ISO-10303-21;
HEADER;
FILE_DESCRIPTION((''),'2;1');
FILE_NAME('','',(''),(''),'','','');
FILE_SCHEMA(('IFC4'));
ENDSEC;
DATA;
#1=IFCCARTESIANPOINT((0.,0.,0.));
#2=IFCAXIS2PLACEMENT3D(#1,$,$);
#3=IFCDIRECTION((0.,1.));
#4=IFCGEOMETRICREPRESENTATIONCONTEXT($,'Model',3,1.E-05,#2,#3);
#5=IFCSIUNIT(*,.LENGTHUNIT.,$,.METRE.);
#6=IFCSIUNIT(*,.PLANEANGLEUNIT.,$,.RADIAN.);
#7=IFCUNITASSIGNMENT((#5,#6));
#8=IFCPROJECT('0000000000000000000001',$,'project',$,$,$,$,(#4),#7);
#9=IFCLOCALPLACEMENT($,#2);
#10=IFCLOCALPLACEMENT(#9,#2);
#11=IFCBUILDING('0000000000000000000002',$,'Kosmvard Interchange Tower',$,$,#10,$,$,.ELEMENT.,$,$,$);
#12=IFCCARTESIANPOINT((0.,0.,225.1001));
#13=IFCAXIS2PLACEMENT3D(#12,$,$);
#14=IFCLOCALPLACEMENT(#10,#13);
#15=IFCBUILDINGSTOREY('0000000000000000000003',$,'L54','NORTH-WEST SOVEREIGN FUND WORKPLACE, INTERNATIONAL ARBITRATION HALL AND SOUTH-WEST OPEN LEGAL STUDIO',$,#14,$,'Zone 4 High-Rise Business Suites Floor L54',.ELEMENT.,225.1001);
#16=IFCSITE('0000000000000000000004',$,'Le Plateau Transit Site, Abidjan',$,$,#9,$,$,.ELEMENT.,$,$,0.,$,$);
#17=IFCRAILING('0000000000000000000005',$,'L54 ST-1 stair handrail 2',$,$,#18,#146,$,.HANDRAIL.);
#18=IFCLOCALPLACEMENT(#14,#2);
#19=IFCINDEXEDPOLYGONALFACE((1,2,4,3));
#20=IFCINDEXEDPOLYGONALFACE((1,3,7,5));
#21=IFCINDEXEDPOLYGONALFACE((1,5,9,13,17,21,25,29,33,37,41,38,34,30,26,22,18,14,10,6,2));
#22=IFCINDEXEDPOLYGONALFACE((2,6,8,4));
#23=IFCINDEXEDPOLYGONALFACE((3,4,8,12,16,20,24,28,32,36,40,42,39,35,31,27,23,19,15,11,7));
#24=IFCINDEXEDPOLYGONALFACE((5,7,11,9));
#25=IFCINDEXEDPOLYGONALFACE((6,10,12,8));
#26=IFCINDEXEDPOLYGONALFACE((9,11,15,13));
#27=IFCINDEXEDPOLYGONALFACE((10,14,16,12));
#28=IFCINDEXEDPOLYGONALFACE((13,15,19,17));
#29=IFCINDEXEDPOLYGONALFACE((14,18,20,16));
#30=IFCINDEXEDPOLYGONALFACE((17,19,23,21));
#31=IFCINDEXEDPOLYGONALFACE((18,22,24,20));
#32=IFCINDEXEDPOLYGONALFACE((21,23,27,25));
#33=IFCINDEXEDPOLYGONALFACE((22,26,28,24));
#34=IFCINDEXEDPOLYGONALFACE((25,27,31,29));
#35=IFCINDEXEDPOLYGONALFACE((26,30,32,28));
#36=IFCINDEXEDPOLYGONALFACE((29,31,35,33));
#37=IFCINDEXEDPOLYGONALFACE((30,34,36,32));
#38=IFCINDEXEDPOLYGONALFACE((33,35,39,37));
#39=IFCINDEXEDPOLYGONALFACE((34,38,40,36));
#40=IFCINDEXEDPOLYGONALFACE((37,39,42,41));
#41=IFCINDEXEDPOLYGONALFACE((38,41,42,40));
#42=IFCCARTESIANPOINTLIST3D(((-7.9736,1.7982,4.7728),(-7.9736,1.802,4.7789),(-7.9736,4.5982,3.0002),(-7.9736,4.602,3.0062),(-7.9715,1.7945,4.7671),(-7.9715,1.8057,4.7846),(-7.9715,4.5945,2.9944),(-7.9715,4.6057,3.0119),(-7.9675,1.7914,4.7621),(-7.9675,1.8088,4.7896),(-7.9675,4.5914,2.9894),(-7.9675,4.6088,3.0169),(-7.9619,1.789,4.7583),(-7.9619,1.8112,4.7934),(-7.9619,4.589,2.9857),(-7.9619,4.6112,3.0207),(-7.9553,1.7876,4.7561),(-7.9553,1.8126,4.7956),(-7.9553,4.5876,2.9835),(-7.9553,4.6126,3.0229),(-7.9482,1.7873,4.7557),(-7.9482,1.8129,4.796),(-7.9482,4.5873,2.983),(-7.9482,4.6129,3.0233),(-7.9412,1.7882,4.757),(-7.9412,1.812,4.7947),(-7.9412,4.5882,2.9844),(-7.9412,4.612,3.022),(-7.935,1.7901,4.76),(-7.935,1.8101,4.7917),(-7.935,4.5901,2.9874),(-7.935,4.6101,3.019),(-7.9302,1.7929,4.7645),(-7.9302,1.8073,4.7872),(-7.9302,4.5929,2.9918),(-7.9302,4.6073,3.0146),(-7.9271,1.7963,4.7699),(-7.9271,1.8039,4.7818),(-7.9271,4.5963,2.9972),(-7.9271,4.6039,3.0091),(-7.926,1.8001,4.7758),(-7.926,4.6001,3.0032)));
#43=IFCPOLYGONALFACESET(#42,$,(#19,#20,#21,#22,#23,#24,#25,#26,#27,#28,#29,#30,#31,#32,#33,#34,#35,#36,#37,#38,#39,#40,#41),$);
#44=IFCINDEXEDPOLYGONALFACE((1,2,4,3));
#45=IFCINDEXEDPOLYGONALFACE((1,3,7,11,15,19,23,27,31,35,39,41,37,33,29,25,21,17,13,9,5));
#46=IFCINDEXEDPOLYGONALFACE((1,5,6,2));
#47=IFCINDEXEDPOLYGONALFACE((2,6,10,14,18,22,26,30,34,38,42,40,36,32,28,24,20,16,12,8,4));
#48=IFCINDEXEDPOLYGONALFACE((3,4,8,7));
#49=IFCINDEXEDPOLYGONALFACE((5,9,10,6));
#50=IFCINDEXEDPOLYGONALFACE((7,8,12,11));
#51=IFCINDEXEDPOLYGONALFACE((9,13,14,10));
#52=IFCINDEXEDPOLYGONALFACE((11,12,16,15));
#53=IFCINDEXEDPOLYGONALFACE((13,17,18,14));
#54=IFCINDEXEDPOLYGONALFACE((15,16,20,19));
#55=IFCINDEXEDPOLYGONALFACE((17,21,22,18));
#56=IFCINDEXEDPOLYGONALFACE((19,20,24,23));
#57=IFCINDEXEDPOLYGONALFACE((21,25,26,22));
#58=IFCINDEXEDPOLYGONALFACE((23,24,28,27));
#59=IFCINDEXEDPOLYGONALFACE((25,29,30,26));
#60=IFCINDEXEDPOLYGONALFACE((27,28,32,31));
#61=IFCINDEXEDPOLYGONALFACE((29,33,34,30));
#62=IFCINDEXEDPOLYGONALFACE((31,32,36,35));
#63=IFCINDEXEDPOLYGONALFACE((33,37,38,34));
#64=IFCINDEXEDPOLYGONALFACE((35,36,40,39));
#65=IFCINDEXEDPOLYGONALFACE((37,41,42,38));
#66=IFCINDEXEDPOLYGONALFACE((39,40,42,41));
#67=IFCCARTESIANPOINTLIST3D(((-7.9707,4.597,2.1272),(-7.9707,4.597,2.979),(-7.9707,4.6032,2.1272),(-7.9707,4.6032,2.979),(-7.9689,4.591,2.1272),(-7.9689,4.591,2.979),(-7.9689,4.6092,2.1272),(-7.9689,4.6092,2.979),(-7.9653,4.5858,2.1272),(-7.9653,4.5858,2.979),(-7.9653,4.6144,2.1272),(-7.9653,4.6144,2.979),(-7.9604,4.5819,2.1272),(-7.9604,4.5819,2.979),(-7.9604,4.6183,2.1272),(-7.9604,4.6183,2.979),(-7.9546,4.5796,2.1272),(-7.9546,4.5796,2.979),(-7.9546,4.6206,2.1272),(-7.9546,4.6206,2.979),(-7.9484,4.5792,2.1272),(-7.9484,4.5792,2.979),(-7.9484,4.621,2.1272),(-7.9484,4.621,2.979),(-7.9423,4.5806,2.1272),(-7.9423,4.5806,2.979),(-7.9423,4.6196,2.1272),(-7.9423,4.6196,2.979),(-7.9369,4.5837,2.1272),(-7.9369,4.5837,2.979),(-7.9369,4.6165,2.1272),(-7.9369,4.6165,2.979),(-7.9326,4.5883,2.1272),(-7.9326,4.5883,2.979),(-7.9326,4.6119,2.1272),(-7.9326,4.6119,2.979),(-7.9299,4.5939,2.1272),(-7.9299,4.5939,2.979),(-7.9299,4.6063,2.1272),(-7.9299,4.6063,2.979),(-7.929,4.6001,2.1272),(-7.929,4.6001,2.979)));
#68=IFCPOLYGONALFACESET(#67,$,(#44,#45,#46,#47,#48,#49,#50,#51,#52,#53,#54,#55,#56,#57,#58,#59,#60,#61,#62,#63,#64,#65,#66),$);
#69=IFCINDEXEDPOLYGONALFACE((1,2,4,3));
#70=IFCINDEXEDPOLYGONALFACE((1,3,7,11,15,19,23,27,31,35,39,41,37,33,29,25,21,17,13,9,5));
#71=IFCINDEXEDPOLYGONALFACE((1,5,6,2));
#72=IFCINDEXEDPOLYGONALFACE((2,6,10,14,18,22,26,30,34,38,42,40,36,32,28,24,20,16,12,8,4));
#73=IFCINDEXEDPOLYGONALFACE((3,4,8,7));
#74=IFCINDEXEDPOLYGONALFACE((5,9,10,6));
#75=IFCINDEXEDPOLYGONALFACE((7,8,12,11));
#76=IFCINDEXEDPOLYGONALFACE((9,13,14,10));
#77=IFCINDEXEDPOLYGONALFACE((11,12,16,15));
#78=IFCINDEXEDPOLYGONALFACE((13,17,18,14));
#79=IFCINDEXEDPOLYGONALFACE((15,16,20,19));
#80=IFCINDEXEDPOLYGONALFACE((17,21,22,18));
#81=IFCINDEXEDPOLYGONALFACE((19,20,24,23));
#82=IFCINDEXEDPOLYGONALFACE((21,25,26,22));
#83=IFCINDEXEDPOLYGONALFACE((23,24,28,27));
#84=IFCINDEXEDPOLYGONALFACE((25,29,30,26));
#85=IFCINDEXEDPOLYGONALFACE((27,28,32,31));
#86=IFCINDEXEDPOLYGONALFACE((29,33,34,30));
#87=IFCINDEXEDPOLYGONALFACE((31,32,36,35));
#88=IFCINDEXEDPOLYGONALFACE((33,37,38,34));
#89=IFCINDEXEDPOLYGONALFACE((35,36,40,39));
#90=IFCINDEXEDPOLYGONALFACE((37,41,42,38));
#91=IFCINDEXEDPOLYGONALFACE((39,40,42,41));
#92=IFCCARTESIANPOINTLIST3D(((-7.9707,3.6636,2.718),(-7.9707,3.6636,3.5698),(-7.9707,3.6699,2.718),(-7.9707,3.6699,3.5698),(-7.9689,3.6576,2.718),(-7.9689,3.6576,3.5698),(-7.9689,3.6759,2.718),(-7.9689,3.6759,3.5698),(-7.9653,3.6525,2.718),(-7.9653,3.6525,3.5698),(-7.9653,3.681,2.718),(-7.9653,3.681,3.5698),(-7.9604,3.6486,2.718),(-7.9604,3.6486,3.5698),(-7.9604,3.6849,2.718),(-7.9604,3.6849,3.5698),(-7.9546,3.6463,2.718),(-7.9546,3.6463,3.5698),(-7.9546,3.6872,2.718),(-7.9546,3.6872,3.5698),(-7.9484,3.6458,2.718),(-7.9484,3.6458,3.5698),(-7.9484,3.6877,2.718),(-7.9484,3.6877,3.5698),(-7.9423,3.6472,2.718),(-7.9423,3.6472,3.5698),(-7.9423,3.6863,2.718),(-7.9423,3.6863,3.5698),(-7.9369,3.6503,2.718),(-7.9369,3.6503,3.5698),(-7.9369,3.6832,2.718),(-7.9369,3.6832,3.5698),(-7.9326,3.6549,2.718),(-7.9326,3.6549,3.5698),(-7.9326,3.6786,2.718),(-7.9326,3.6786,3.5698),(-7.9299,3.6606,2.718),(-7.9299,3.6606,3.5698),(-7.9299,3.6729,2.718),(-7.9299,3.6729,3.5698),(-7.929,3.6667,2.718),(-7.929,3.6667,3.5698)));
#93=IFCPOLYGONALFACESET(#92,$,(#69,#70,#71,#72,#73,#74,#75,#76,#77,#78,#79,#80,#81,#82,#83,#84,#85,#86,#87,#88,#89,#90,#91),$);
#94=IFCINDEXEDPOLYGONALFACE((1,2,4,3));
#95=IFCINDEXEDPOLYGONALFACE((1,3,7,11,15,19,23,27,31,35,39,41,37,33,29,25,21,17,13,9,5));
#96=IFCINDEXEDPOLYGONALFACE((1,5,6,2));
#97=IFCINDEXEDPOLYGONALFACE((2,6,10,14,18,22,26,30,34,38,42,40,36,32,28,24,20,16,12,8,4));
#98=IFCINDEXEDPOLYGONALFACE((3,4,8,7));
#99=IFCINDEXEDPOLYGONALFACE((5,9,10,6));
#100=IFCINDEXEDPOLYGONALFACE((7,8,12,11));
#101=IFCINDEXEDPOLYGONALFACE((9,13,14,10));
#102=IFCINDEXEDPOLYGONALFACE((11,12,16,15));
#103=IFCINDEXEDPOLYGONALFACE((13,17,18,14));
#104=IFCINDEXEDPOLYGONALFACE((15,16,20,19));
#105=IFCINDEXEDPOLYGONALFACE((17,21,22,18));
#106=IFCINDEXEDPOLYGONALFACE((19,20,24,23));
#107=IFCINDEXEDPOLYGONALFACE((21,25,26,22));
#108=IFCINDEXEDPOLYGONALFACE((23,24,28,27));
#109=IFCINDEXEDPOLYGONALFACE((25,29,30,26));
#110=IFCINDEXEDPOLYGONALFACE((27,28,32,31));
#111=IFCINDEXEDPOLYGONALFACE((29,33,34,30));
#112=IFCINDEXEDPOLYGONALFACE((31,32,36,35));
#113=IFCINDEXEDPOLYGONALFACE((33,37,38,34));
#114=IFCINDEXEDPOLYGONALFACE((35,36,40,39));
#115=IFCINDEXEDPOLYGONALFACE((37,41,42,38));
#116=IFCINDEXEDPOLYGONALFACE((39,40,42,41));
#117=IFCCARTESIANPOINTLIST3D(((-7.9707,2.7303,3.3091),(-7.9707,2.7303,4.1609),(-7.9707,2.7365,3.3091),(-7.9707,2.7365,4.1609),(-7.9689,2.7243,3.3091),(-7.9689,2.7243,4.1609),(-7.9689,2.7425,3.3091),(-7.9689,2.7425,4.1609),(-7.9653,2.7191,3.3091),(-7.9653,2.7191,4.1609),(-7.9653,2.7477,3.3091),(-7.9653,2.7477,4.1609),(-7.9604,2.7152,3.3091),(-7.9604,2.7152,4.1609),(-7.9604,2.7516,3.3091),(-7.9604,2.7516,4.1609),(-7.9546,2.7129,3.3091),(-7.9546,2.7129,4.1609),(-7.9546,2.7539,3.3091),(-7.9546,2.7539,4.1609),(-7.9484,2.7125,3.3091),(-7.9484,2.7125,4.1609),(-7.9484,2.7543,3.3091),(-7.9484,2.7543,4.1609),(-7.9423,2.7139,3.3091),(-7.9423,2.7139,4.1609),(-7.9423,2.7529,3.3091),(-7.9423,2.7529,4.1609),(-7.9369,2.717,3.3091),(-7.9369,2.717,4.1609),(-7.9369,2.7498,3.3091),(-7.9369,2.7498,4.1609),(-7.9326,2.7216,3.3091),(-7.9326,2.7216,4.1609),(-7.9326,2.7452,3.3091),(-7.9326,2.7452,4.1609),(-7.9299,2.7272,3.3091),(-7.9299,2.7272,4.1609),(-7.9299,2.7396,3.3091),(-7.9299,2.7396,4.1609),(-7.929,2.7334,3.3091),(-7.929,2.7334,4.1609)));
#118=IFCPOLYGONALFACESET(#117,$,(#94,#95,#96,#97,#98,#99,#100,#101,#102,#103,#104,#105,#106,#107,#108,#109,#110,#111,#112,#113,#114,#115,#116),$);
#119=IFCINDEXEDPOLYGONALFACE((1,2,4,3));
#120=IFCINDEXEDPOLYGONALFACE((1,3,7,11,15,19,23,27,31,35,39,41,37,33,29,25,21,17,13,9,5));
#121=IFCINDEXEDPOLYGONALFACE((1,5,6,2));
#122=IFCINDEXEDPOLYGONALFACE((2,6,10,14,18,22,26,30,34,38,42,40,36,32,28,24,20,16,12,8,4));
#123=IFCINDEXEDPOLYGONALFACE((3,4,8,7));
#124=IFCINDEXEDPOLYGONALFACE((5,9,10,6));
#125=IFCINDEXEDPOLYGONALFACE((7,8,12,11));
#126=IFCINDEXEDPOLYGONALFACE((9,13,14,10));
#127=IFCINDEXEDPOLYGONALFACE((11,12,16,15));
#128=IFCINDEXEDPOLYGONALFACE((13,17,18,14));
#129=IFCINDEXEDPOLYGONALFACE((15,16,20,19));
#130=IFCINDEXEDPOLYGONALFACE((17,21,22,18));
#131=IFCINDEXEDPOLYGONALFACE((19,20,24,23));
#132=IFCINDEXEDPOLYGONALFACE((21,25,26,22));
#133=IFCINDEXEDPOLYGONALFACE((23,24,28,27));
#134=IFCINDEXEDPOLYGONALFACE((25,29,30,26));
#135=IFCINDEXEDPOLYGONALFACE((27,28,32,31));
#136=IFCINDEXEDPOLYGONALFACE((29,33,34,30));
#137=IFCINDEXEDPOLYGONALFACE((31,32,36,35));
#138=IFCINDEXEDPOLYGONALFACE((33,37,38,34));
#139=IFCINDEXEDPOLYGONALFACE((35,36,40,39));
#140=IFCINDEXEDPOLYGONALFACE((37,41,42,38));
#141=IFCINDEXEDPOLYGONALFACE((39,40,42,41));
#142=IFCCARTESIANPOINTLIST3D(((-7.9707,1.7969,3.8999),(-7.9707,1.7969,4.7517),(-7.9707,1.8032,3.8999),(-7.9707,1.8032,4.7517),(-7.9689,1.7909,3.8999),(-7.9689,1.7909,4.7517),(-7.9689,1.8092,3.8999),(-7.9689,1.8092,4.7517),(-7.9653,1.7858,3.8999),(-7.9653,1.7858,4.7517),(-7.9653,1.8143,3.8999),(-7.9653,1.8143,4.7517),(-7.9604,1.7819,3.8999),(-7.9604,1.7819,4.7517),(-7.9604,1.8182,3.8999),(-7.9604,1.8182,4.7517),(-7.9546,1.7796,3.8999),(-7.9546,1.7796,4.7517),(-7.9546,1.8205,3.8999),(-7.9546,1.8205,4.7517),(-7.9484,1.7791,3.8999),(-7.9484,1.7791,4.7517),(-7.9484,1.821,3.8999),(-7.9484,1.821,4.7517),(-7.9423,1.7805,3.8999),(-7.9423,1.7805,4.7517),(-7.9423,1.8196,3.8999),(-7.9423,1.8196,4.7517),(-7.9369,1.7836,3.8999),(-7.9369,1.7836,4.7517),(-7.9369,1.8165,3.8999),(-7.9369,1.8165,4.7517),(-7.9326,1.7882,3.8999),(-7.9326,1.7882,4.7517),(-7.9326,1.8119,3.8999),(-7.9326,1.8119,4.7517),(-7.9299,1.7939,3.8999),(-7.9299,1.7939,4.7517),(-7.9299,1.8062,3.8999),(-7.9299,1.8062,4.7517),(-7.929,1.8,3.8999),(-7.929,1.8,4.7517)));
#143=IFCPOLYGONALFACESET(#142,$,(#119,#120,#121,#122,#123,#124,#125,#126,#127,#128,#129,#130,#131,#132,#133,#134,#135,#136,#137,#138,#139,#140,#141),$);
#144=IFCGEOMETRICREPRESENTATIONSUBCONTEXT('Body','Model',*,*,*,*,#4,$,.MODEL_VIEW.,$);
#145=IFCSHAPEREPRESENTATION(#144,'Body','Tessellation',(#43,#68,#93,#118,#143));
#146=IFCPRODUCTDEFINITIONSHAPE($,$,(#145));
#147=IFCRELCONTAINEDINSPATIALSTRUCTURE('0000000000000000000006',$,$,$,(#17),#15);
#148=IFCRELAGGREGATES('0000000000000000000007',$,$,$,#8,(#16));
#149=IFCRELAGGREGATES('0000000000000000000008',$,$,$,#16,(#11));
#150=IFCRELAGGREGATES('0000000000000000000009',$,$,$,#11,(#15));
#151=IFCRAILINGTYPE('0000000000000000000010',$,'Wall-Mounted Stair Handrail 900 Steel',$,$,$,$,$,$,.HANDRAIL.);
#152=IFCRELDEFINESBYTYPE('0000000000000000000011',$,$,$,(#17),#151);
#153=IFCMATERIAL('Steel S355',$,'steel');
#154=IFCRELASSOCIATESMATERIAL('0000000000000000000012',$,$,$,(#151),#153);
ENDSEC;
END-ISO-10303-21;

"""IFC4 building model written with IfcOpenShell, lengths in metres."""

from ifc_helpers import new_model, si_unit, direction, frame, origin, origin_2d, place, context, subcontext, project, spatial, circle, extrude, source, transform, mapped, material, type_object, element, save


model = new_model("IFC4")

# Units and contexts
model_context = context("Model", 3, precision=1e-05, world=origin(), true_north=direction((0.0, 1.0)))
body_context = subcontext(model_context, "Body", "Model", "MODEL_VIEW")
ifc_project = project(units=[si_unit("LENGTHUNIT", "METRE"), si_unit("PLANEANGLEUNIT", "RADIAN")], contexts=[model_context])

# Site, building, storey
site_placement = place(None, origin())
site = spatial("IfcSite", under=ifc_project, at=site_placement, Name="Le Plateau Transit Site, Abidjan", CompositionType="ELEMENT", RefElevation=0.0)
building_placement = place(site_placement, origin())
building = spatial("IfcBuilding", under=site, at=building_placement, Name="Kosmvard Interchange Tower", CompositionType="ELEMENT")
storey_placement = place(building_placement, frame((0.0, 0.0, 225.1001)))
storey = spatial("IfcBuildingStorey", under=building, at=storey_placement, Name="L54", Description="NORTH-WEST SOVEREIGN FUND WORKPLACE, INTERNATIONAL ARBITRATION HALL AND SOUTH-WEST OPEN LEGAL STUDIO", LongName="Zone 4 High-Rise Business Suites Floor L54", CompositionType="ELEMENT", Elevation=225.1001)

# Shared definitions
ifc_material_1 = material(Name="Steel S355", Category="steel")

# Railing
railing_type_1 = type_object("IfcRailingType", Name="Wall-Mounted Stair Handrail 900 Steel", PredefinedType="HANDRAIL", material=ifc_material_1)
shared_shape_1 = source(origin(), body_context, "Body", "SweptSolid", [
    extrude(circle(Radius=0.0239, at=origin_2d()), frame((0.0, 0.0, 0.876), z_axis=(0.0, -0.844909, 0.53491), x_axis=(1.0, 0.0, 0.0)), (0.0, 0.0, 1.0), 3.314),
    extrude(circle(Radius=0.021, at=origin_2d()), origin(), (0.0, 0.0, 1.0), 0.8518),
    extrude(circle(Radius=0.021, at=origin_2d()), frame((0.0, -0.9333, 0.5908)), (0.0, 0.0, 1.0), 0.8518),
    extrude(circle(Radius=0.021, at=origin_2d()), frame((0.0, -1.8667, 1.1819)), (0.0, 0.0, 1.0), 0.8518),
    extrude(circle(Radius=0.021, at=origin_2d()), frame((0.0, -2.8, 1.7727)), (0.0, 0.0, 1.0), 0.8518),
])
railing_1_placement = place(storey_placement, frame((-7.95, 4.6001, 2.1272)))
element("IfcRailing", 1, at=railing_1_placement, inside=storey, type_object=railing_type_1, Name="L54 ST-1 stair handrail 2", PredefinedType="HANDRAIL", context=body_context, shape_type="MappedRepresentation", body=[
    mapped(shared_shape_1, transform((0.0, 0.0, 0.0), scale=1.0)),
])

save(model, "model.ifc")
